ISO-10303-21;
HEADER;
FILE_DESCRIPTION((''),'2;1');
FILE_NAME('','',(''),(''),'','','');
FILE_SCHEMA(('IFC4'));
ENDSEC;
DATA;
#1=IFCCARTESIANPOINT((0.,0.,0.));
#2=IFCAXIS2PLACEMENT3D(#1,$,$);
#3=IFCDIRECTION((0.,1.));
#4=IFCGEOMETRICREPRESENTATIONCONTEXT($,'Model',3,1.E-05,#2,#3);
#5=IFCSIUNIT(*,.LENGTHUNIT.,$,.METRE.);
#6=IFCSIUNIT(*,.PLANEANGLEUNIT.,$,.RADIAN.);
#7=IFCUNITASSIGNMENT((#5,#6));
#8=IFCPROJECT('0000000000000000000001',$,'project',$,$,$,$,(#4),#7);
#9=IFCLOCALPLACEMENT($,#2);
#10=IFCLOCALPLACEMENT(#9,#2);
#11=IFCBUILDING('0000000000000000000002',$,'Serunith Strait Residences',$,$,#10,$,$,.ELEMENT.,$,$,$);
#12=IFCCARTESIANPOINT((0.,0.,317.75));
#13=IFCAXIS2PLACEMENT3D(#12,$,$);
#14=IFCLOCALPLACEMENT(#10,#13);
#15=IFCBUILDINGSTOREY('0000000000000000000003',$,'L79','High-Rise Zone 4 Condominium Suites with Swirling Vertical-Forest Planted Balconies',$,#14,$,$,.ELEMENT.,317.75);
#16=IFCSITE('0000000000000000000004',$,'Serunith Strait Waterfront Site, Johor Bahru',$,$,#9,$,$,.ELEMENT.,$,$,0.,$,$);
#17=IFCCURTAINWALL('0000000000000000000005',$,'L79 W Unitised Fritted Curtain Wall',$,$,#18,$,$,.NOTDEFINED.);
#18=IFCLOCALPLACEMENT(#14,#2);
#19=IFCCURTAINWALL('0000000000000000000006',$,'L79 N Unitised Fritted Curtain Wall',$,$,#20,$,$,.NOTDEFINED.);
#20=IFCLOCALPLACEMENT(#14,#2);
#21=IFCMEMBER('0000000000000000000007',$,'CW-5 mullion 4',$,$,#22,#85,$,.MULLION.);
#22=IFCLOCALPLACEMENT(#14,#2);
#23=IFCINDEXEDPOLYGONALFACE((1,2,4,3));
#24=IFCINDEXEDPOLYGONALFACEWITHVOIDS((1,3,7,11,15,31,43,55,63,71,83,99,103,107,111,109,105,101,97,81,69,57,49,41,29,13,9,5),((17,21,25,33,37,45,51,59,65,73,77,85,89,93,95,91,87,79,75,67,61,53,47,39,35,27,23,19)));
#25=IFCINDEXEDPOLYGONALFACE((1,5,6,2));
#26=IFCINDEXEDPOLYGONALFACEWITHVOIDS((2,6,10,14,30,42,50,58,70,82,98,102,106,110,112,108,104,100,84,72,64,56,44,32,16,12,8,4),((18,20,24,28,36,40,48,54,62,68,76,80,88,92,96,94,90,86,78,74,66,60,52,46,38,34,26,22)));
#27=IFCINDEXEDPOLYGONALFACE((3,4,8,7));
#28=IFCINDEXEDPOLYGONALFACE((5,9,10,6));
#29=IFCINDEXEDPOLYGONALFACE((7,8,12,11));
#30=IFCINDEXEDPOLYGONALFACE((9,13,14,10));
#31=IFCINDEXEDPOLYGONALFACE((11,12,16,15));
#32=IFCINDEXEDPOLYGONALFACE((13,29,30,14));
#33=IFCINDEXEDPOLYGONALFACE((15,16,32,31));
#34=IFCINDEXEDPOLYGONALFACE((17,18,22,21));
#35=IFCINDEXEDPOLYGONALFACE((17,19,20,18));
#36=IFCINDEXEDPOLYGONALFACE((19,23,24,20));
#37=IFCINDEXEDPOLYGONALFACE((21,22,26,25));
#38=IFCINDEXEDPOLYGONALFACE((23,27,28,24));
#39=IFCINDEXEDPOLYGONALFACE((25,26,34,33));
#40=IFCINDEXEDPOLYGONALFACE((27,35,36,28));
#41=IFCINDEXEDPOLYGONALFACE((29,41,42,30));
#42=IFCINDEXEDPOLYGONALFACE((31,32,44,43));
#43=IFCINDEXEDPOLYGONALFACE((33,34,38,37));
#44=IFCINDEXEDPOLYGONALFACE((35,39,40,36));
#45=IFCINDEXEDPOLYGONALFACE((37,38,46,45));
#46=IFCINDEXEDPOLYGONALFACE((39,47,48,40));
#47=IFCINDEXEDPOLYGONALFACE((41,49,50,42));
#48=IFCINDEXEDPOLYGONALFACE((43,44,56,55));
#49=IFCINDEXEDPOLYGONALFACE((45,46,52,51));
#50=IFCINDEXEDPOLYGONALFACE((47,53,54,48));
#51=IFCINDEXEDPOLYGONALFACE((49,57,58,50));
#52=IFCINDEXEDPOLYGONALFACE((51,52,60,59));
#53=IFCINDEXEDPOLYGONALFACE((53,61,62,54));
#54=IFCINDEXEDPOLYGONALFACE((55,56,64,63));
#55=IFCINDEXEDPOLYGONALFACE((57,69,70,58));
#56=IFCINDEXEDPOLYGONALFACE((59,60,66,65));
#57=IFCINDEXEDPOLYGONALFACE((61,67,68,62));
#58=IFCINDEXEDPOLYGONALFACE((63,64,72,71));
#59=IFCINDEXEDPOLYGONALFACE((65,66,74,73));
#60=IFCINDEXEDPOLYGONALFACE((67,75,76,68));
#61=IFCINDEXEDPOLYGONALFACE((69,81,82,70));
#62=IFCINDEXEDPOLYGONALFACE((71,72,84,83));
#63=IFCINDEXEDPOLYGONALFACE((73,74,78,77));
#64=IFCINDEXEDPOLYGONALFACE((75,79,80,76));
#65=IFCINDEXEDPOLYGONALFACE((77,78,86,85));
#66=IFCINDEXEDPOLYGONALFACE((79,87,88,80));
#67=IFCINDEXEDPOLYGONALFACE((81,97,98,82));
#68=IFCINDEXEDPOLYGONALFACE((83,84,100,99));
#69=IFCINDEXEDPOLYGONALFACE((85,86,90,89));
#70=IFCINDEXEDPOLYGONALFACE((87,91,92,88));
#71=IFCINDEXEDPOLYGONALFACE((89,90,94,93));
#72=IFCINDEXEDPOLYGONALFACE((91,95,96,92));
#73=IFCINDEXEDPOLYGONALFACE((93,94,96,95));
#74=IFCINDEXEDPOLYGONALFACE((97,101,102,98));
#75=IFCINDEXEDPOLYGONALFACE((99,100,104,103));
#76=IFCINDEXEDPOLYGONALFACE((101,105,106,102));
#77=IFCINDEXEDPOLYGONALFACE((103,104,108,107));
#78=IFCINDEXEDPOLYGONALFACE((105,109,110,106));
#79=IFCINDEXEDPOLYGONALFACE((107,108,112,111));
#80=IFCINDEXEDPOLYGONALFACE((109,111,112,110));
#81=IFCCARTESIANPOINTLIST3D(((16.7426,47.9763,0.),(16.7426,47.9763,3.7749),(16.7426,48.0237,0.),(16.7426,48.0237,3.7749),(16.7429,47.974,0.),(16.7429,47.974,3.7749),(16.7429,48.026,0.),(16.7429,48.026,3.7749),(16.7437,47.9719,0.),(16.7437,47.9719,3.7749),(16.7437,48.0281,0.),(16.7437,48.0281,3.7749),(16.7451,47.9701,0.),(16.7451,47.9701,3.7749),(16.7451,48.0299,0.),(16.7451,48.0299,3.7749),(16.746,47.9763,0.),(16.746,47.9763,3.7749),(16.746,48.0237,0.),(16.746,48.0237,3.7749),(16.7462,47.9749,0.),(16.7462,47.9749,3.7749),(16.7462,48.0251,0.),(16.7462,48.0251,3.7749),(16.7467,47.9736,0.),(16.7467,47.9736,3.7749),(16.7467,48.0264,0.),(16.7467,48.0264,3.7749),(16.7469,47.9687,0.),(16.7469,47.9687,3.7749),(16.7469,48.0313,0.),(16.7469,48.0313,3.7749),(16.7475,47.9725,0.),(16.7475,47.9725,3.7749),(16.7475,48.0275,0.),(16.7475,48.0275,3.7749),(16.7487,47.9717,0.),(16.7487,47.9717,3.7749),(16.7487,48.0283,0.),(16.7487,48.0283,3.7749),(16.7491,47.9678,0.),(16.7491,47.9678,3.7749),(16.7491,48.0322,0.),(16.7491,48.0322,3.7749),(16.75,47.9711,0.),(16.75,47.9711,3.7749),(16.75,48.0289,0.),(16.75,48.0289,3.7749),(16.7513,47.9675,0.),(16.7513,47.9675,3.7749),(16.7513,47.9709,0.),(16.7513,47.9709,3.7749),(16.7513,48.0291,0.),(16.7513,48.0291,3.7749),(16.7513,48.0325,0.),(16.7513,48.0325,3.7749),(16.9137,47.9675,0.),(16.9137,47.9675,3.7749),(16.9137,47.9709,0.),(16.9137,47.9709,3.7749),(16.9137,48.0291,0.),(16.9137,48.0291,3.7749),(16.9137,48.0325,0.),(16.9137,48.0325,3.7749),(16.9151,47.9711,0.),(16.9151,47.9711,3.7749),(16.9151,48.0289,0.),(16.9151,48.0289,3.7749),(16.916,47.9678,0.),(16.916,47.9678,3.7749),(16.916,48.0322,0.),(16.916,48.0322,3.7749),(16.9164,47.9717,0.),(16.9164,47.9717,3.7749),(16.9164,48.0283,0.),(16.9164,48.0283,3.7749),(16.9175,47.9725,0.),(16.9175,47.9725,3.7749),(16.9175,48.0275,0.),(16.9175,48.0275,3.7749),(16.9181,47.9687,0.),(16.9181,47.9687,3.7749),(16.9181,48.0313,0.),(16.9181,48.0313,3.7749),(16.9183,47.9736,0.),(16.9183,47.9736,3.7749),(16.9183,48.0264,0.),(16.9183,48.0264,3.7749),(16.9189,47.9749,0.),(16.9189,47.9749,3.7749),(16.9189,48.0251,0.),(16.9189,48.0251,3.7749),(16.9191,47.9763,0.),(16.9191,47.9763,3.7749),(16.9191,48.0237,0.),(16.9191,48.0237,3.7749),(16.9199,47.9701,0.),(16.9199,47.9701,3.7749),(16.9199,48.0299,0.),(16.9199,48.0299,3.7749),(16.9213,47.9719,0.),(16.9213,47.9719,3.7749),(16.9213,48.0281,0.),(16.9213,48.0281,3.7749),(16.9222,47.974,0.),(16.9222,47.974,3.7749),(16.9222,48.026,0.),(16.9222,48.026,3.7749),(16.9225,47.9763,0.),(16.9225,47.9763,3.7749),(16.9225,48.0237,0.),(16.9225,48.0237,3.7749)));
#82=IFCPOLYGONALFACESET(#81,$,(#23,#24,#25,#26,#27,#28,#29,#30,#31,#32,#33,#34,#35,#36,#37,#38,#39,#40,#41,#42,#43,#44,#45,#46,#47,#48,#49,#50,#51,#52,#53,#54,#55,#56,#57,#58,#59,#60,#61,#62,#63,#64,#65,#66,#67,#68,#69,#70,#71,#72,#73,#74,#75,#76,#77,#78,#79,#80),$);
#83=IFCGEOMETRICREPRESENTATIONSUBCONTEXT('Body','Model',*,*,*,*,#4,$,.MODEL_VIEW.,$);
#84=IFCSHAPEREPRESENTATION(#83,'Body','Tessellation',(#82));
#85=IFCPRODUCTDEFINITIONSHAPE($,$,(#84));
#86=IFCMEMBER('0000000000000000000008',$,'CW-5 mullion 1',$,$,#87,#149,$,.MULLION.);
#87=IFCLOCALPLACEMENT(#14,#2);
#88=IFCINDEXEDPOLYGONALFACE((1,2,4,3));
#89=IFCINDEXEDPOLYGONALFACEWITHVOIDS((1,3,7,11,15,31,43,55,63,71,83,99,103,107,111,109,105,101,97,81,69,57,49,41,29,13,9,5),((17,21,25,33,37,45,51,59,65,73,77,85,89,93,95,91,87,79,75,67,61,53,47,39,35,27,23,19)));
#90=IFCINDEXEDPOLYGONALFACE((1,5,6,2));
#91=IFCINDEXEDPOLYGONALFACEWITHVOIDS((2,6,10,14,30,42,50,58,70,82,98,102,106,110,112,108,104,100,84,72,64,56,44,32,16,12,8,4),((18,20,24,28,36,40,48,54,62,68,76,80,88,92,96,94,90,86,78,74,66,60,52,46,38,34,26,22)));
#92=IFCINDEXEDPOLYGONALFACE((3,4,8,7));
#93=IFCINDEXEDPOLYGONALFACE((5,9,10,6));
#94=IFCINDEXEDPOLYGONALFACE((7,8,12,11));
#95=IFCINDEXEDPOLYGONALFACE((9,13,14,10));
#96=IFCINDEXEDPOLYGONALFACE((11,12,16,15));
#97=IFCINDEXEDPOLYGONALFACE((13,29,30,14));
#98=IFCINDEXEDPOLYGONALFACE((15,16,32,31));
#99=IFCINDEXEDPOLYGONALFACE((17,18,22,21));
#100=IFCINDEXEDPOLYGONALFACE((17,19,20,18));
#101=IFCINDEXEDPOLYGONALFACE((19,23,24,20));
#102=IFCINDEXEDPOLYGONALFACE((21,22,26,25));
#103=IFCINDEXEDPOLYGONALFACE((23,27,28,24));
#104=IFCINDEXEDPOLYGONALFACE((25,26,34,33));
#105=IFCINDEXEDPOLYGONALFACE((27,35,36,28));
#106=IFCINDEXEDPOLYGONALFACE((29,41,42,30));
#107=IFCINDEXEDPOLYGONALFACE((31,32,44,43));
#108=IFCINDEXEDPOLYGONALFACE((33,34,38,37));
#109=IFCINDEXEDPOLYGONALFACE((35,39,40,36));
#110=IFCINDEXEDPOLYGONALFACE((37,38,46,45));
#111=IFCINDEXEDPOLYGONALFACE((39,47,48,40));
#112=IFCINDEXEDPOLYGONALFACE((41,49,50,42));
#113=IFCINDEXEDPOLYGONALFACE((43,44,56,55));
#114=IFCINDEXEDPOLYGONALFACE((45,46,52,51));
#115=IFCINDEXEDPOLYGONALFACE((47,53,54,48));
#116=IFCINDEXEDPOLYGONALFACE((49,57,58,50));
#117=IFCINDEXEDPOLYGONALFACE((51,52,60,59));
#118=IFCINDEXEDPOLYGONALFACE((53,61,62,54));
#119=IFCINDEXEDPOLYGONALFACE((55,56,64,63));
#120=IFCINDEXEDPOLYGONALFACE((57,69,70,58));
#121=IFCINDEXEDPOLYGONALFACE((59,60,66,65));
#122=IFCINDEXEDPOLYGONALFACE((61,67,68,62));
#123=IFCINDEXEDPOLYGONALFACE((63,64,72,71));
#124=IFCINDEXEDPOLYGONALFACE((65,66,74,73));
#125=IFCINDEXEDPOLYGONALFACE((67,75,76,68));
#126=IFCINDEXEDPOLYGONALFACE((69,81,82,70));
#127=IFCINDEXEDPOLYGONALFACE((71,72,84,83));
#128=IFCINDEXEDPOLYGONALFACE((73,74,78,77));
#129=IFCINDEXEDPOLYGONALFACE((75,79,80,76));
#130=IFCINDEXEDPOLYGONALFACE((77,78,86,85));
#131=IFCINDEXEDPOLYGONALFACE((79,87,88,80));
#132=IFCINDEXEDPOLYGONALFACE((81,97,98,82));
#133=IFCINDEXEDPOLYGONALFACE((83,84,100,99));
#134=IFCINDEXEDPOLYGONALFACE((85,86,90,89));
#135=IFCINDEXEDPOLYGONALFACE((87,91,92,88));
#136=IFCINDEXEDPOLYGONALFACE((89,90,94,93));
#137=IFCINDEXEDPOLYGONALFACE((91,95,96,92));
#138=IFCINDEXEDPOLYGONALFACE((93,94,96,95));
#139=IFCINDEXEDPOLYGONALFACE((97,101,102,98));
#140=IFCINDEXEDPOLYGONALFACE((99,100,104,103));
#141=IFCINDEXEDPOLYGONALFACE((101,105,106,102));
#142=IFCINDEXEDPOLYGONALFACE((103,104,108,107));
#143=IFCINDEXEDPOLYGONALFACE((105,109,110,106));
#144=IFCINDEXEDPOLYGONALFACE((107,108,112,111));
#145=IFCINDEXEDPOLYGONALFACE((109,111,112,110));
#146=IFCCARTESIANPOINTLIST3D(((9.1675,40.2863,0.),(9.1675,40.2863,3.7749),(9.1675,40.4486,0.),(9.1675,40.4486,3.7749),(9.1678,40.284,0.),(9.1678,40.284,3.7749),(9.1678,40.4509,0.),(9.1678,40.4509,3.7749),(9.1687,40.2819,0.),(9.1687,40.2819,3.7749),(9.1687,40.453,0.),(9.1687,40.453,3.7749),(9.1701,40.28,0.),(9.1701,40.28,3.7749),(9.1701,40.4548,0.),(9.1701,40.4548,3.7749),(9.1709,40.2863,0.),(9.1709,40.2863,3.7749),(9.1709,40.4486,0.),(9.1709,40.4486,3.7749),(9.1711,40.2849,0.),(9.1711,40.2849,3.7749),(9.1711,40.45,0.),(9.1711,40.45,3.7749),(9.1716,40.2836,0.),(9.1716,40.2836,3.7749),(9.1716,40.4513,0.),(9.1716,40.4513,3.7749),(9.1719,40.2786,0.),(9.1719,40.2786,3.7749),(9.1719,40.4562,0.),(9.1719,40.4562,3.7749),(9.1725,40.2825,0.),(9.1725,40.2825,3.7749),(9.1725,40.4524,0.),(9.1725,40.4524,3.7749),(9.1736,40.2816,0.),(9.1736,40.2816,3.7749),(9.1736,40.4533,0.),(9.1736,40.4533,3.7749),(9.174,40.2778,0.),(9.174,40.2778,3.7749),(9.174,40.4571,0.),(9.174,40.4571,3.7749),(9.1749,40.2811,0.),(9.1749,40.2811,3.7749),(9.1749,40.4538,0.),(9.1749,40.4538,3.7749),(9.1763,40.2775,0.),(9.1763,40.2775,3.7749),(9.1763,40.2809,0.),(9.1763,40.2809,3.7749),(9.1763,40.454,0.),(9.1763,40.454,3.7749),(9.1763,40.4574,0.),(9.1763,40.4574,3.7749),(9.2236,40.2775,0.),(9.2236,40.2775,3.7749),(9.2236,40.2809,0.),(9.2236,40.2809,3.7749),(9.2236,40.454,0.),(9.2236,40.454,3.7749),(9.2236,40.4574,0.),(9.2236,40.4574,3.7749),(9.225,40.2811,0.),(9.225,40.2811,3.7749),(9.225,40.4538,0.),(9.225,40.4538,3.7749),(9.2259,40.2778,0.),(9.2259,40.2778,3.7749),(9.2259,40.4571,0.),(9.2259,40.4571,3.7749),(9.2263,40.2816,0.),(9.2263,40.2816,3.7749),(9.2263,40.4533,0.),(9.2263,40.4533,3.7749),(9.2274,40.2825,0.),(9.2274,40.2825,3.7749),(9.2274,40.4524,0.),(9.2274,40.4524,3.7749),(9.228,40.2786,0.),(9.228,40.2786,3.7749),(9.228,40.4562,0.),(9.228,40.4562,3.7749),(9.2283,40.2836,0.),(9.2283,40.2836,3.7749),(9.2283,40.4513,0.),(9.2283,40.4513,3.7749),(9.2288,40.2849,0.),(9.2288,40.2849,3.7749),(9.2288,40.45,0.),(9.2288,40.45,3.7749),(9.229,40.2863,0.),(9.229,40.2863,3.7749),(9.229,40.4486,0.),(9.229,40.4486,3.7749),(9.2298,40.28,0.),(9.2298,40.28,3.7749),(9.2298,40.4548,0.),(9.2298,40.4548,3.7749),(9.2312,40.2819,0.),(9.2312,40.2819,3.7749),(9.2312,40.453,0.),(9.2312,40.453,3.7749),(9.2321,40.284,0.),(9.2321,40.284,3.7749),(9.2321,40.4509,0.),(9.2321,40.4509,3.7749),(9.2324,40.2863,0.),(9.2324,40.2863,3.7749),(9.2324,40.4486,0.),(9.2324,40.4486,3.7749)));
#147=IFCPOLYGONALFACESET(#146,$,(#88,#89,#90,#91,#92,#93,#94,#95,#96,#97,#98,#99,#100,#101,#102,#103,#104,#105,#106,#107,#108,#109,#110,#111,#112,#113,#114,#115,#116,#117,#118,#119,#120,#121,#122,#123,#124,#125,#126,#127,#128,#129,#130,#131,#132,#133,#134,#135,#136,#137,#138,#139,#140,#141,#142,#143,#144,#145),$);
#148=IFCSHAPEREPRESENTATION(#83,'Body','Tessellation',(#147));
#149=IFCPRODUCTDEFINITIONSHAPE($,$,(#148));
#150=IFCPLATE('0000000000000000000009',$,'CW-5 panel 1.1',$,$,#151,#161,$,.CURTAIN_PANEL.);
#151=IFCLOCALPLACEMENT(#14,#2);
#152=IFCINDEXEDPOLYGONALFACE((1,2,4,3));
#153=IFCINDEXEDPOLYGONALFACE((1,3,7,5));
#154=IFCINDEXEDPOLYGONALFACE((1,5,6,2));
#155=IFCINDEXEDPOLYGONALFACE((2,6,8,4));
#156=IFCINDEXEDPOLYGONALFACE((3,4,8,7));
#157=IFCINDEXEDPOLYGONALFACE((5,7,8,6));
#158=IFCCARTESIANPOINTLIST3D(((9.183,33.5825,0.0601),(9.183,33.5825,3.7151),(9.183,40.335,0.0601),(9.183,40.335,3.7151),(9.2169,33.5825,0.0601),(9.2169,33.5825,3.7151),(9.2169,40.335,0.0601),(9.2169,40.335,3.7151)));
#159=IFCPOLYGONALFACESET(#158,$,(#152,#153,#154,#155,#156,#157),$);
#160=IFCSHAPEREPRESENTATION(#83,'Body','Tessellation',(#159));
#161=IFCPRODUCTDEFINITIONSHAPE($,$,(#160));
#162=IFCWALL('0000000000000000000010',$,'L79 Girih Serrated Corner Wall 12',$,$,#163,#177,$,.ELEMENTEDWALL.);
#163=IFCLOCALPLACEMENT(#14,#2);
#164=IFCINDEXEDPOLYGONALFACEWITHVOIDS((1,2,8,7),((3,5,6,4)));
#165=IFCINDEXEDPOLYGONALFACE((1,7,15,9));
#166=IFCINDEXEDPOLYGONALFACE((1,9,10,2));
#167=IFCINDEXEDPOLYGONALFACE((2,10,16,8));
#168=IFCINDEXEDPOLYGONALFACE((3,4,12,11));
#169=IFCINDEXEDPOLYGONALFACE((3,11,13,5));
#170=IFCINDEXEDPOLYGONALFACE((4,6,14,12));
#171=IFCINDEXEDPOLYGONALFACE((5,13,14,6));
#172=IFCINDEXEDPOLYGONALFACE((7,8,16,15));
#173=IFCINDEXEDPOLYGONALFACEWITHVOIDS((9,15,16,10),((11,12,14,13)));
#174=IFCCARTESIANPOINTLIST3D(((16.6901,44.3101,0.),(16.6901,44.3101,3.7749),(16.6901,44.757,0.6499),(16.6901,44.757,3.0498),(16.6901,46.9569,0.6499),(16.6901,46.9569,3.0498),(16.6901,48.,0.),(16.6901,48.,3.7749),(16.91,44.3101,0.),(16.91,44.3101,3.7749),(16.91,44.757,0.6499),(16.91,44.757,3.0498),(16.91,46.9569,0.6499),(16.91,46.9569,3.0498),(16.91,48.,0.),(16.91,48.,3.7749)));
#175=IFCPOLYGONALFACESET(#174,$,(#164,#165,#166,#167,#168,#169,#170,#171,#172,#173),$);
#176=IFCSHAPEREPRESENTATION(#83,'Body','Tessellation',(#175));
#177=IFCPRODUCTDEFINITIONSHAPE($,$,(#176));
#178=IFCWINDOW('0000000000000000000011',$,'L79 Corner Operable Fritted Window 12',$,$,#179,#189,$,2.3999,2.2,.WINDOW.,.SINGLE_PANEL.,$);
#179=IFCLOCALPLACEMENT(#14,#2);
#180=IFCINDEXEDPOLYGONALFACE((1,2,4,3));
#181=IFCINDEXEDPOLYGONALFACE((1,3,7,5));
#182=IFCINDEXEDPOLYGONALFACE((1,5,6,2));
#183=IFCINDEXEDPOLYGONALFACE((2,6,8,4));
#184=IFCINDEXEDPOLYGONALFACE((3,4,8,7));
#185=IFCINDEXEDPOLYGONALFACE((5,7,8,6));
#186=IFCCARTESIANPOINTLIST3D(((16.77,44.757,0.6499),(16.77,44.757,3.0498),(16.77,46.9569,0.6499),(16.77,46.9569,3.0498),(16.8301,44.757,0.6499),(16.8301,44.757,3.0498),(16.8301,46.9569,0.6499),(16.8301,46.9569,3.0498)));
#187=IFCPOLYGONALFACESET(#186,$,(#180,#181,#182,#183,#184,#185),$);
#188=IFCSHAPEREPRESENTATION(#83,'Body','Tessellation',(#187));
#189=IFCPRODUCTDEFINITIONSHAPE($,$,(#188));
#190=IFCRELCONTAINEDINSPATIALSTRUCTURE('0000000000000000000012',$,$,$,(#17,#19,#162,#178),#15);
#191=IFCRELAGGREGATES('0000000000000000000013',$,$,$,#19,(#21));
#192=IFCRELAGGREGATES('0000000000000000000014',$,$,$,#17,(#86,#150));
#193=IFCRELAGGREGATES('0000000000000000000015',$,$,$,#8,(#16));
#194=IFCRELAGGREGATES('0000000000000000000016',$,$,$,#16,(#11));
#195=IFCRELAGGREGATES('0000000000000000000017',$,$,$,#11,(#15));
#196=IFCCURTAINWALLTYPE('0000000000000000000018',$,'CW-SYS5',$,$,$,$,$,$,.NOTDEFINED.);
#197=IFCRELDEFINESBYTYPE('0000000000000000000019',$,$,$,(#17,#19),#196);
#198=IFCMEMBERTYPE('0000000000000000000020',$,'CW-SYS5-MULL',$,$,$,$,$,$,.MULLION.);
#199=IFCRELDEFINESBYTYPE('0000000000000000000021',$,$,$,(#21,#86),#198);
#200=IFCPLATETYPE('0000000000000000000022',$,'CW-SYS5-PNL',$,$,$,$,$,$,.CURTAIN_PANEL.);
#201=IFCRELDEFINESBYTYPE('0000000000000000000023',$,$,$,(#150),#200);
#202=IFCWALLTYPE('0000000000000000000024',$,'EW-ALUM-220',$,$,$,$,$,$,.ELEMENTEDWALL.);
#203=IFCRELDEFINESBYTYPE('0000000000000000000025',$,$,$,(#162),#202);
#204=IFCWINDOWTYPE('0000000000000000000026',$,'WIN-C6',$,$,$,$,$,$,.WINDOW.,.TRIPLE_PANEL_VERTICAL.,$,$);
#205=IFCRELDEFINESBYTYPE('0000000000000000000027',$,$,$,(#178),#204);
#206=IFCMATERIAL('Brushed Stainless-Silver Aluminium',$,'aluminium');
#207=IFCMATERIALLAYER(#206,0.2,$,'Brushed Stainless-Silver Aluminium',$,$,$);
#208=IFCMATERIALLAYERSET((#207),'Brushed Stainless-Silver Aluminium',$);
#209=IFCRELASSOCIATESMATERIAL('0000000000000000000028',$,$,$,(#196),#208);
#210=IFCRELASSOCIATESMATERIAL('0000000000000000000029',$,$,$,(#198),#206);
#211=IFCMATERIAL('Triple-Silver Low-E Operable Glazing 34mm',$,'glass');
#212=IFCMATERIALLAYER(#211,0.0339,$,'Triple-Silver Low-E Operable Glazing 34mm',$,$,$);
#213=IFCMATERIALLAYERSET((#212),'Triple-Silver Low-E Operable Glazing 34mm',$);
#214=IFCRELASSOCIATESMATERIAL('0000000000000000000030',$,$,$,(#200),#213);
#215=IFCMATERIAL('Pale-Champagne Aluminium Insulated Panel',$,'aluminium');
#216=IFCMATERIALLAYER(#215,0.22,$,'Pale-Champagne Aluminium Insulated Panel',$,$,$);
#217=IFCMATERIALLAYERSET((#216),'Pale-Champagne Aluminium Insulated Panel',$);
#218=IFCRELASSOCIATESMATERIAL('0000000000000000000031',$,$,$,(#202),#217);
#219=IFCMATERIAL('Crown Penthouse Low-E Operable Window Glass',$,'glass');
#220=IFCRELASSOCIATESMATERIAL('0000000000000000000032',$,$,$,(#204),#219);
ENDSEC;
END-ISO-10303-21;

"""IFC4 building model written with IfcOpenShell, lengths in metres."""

from ifc_helpers import new_model, si_unit, direction, frame, frame_2d, origin, origin_2d, place, context, subcontext, project, spatial, rectangle, hollow_rectangle, extrude, source, transform, mapped, material, layer, layer_set, material_profile, profile_set, type_object, element, fill, aggregate, save


model = new_model("IFC4")

# Units and contexts
model_context = context("Model", 3, precision=1e-05, world=origin(), true_north=direction((0.0, 1.0)))
body_context = subcontext(model_context, "Body", "Model", "MODEL_VIEW")
ifc_project = project(units=[si_unit("LENGTHUNIT", "METRE"), si_unit("PLANEANGLEUNIT", "RADIAN")], contexts=[model_context])

# Site, building, storey
site_placement = place(None, origin())
site = spatial("IfcSite", under=ifc_project, at=site_placement, Name="Serunith Strait Waterfront Site, Johor Bahru", CompositionType="ELEMENT", RefElevation=0.0)
building_placement = place(site_placement, origin())
building = spatial("IfcBuilding", under=site, at=building_placement, Name="Serunith Strait Residences", CompositionType="ELEMENT")
storey_placement = place(building_placement, frame((0.0, 0.0, 317.75)))
storey = spatial("IfcBuildingStorey", under=building, at=storey_placement, Name="L79", Description="High-Rise Zone 4 Condominium Suites with Swirling Vertical-Forest Planted Balconies", CompositionType="ELEMENT", Elevation=317.75)

# Curtain wall
ifc_material_1 = material(Name="Brushed Stainless-Silver Aluminium", Category="aluminium")
ifc_layer_1 = layer(ifc_material_1, 0.2, Name="Brushed Stainless-Silver Aluminium")
ifc_layer_set_1 = layer_set([ifc_layer_1], Name="Brushed Stainless-Silver Aluminium")
curtain_wall_type = type_object("IfcCurtainWallType", Name="CW-SYS5", PredefinedType="NOTDEFINED", material=ifc_layer_set_1)
curtain_wall_1_placement = place(storey_placement, origin())
curtain_wall_1 = element("IfcCurtainWall", 1, at=curtain_wall_1_placement, inside=storey, type_object=curtain_wall_type, Name="L79 W Unitised Fritted Curtain Wall", PredefinedType="NOTDEFINED")

# Curtain wall, member
curtain_wall_2_placement = place(storey_placement, origin())
curtain_wall_2 = element("IfcCurtainWall", 2, at=curtain_wall_2_placement, inside=storey, type_object=curtain_wall_type, Name="L79 N Unitised Fritted Curtain Wall", PredefinedType="NOTDEFINED")
ifc_material_profile_1 = material_profile(ifc_material_1, hollow_rectangle(XDim=0.0649, YDim=0.1799, WallThickness=0.0034, InnerFilletRadius=0.0054, OuterFilletRadius=0.0088, at=origin_2d()), Name="ALU 180x65x3.5")
ifc_profile_set_1 = profile_set([ifc_material_profile_1], Name="Brushed Stainless-Silver Aluminium")
member_type_1 = type_object("IfcMemberType", Name="CW-SYS5-MULL", PredefinedType="MULLION", material=ifc_profile_set_1)
shared_shape_1 = source(origin(), body_context, "Body", "SweptSolid", [
    extrude(hollow_rectangle(XDim=0.0649, YDim=0.1799, WallThickness=0.0034, InnerFilletRadius=0.0054, OuterFilletRadius=0.0088, at=origin_2d()), origin(), (0.0, 0.0, 1.0), 3.7749),
])
member_1_placement = place(storey_placement, frame((16.8325, 48.0, 0.0), z_axis=(0.0, 0.0, 1.0), x_axis=(0.0, -1.0, 0.0)))
member_1 = element("IfcMember", 3, at=member_1_placement, type_object=member_type_1, Name="CW-5 mullion 4", PredefinedType="MULLION", context=body_context, shape_type="MappedRepresentation", body=[
    mapped(shared_shape_1, transform((0.0, 0.0, 0.0), scale=1.0)),
])
aggregate(curtain_wall_2, [member_1])

# Member
member_2_placement = place(storey_placement, frame((9.2, 40.3674, 0.0), z_axis=(0.0, 0.0, 1.0), x_axis=(1.0, 0.0, 0.0)))
member_2 = element("IfcMember", 4, at=member_2_placement, type_object=member_type_1, Name="CW-5 mullion 1", PredefinedType="MULLION", context=body_context, shape_type="MappedRepresentation", body=[
    mapped(shared_shape_1, transform((0.0, 0.0, 0.0), scale=1.0)),
])

# Plate
ifc_material_2 = material(Name="Triple-Silver Low-E Operable Glazing 34mm", Category="glass")
ifc_layer_2 = layer(ifc_material_2, 0.0339, Name="Triple-Silver Low-E Operable Glazing 34mm")
ifc_layer_set_2 = layer_set([ifc_layer_2], Name="Triple-Silver Low-E Operable Glazing 34mm")
plate_type = type_object("IfcPlateType", Name="CW-SYS5-PNL", PredefinedType="CURTAIN_PANEL", material=ifc_layer_set_2)
shared_shape_2 = source(origin(), body_context, "Body", "SweptSolid", [
    extrude(rectangle(XDim=6.7524, YDim=0.0339, at=origin_2d()), origin(), (0.0, 0.0, 1.0), 3.655),
])
plate_placement = place(storey_placement, frame((9.2, 36.9587, 0.0601), z_axis=(0.0, 0.0, 1.0), x_axis=(0.0, -1.0, 0.0)))
plate = element("IfcPlate", 5, at=plate_placement, type_object=plate_type, Name="CW-5 panel 1.1", PredefinedType="CURTAIN_PANEL", context=body_context, shape_type="MappedRepresentation", body=[
    mapped(shared_shape_2, transform((0.0, 0.0, 0.0), scale=1.0)),
])
aggregate(curtain_wall_1, [member_2, plate])

# Wall, opening, window
ifc_material_3 = material(Name="Pale-Champagne Aluminium Insulated Panel", Category="aluminium")
ifc_layer_3 = layer(ifc_material_3, 0.22, Name="Pale-Champagne Aluminium Insulated Panel")
ifc_layer_set_3 = layer_set([ifc_layer_3], Name="Pale-Champagne Aluminium Insulated Panel")
wall_type_1 = type_object("IfcWallType", Name="EW-ALUM-220", PredefinedType="ELEMENTEDWALL", material=ifc_layer_set_3)
wall_1_placement = place(storey_placement, frame((16.8, 48.0, 0.0), z_axis=(0.0, 0.0, 1.0), x_axis=(0.0, -1.0, 0.0)))
wall_1 = element("IfcWall", 6, at=wall_1_placement, inside=storey, type_object=wall_type_1, Name="L79 Girih Serrated Corner Wall 12", PredefinedType="ELEMENTEDWALL", context=body_context, shape_type="SweptSolid", body=[
    extrude(rectangle(XDim=3.6899, YDim=0.22, at=frame_2d((1.845, 0.0))), origin(), (0.0, 0.0, 1.0), 3.7749),
])
opening_1_placement = place(wall_1_placement, frame((1.043, 0.0, 0.6499)))
opening_1 = element("IfcOpeningElement", 7, at=opening_1_placement, cuts=wall_1, PredefinedType="OPENING", context=body_context, shape_type="SweptSolid", body=[
    extrude(rectangle(XDim=2.2, YDim=2.3999, at=frame_2d((1.1001, 1.2))), frame((0.0, 0.1201, 0.0), z_axis=(0.0, -1.0, 0.0), x_axis=(1.0, 0.0, 0.0)), (0.0, 0.0, 1.0), 0.24),
])
ifc_material_4 = material(Name="Crown Penthouse Low-E Operable Window Glass", Category="glass")
window_type = type_object("IfcWindowType", Name="WIN-C6", PartitioningType="TRIPLE_PANEL_VERTICAL", PredefinedType="WINDOW", material=ifc_material_4)
shared_shape_3 = source(origin(), body_context, "Body", "SweptSolid", [
    extrude(rectangle(XDim=2.2, YDim=2.3999, at=frame_2d((1.1001, 1.2))), frame((0.0, 0.03, 0.0), z_axis=(0.0, -1.0, 0.0), x_axis=(1.0, 0.0, 0.0)), (0.0, 0.0, 1.0), 0.0601),
])
window_1_placement = place(opening_1_placement, origin())
window_1 = element("IfcWindow", 8, at=window_1_placement, inside=storey, type_object=window_type, Name="L79 Corner Operable Fritted Window 12", OverallHeight=2.3999, OverallWidth=2.2, PartitioningType="SINGLE_PANEL", PredefinedType="WINDOW", context=body_context, shape_type="MappedRepresentation", body=[
    mapped(shared_shape_3, transform((0.0, 0.0, 0.0), scale=1.0)),
])
fill(opening_1, window_1)

save(model, "model.ifc")
